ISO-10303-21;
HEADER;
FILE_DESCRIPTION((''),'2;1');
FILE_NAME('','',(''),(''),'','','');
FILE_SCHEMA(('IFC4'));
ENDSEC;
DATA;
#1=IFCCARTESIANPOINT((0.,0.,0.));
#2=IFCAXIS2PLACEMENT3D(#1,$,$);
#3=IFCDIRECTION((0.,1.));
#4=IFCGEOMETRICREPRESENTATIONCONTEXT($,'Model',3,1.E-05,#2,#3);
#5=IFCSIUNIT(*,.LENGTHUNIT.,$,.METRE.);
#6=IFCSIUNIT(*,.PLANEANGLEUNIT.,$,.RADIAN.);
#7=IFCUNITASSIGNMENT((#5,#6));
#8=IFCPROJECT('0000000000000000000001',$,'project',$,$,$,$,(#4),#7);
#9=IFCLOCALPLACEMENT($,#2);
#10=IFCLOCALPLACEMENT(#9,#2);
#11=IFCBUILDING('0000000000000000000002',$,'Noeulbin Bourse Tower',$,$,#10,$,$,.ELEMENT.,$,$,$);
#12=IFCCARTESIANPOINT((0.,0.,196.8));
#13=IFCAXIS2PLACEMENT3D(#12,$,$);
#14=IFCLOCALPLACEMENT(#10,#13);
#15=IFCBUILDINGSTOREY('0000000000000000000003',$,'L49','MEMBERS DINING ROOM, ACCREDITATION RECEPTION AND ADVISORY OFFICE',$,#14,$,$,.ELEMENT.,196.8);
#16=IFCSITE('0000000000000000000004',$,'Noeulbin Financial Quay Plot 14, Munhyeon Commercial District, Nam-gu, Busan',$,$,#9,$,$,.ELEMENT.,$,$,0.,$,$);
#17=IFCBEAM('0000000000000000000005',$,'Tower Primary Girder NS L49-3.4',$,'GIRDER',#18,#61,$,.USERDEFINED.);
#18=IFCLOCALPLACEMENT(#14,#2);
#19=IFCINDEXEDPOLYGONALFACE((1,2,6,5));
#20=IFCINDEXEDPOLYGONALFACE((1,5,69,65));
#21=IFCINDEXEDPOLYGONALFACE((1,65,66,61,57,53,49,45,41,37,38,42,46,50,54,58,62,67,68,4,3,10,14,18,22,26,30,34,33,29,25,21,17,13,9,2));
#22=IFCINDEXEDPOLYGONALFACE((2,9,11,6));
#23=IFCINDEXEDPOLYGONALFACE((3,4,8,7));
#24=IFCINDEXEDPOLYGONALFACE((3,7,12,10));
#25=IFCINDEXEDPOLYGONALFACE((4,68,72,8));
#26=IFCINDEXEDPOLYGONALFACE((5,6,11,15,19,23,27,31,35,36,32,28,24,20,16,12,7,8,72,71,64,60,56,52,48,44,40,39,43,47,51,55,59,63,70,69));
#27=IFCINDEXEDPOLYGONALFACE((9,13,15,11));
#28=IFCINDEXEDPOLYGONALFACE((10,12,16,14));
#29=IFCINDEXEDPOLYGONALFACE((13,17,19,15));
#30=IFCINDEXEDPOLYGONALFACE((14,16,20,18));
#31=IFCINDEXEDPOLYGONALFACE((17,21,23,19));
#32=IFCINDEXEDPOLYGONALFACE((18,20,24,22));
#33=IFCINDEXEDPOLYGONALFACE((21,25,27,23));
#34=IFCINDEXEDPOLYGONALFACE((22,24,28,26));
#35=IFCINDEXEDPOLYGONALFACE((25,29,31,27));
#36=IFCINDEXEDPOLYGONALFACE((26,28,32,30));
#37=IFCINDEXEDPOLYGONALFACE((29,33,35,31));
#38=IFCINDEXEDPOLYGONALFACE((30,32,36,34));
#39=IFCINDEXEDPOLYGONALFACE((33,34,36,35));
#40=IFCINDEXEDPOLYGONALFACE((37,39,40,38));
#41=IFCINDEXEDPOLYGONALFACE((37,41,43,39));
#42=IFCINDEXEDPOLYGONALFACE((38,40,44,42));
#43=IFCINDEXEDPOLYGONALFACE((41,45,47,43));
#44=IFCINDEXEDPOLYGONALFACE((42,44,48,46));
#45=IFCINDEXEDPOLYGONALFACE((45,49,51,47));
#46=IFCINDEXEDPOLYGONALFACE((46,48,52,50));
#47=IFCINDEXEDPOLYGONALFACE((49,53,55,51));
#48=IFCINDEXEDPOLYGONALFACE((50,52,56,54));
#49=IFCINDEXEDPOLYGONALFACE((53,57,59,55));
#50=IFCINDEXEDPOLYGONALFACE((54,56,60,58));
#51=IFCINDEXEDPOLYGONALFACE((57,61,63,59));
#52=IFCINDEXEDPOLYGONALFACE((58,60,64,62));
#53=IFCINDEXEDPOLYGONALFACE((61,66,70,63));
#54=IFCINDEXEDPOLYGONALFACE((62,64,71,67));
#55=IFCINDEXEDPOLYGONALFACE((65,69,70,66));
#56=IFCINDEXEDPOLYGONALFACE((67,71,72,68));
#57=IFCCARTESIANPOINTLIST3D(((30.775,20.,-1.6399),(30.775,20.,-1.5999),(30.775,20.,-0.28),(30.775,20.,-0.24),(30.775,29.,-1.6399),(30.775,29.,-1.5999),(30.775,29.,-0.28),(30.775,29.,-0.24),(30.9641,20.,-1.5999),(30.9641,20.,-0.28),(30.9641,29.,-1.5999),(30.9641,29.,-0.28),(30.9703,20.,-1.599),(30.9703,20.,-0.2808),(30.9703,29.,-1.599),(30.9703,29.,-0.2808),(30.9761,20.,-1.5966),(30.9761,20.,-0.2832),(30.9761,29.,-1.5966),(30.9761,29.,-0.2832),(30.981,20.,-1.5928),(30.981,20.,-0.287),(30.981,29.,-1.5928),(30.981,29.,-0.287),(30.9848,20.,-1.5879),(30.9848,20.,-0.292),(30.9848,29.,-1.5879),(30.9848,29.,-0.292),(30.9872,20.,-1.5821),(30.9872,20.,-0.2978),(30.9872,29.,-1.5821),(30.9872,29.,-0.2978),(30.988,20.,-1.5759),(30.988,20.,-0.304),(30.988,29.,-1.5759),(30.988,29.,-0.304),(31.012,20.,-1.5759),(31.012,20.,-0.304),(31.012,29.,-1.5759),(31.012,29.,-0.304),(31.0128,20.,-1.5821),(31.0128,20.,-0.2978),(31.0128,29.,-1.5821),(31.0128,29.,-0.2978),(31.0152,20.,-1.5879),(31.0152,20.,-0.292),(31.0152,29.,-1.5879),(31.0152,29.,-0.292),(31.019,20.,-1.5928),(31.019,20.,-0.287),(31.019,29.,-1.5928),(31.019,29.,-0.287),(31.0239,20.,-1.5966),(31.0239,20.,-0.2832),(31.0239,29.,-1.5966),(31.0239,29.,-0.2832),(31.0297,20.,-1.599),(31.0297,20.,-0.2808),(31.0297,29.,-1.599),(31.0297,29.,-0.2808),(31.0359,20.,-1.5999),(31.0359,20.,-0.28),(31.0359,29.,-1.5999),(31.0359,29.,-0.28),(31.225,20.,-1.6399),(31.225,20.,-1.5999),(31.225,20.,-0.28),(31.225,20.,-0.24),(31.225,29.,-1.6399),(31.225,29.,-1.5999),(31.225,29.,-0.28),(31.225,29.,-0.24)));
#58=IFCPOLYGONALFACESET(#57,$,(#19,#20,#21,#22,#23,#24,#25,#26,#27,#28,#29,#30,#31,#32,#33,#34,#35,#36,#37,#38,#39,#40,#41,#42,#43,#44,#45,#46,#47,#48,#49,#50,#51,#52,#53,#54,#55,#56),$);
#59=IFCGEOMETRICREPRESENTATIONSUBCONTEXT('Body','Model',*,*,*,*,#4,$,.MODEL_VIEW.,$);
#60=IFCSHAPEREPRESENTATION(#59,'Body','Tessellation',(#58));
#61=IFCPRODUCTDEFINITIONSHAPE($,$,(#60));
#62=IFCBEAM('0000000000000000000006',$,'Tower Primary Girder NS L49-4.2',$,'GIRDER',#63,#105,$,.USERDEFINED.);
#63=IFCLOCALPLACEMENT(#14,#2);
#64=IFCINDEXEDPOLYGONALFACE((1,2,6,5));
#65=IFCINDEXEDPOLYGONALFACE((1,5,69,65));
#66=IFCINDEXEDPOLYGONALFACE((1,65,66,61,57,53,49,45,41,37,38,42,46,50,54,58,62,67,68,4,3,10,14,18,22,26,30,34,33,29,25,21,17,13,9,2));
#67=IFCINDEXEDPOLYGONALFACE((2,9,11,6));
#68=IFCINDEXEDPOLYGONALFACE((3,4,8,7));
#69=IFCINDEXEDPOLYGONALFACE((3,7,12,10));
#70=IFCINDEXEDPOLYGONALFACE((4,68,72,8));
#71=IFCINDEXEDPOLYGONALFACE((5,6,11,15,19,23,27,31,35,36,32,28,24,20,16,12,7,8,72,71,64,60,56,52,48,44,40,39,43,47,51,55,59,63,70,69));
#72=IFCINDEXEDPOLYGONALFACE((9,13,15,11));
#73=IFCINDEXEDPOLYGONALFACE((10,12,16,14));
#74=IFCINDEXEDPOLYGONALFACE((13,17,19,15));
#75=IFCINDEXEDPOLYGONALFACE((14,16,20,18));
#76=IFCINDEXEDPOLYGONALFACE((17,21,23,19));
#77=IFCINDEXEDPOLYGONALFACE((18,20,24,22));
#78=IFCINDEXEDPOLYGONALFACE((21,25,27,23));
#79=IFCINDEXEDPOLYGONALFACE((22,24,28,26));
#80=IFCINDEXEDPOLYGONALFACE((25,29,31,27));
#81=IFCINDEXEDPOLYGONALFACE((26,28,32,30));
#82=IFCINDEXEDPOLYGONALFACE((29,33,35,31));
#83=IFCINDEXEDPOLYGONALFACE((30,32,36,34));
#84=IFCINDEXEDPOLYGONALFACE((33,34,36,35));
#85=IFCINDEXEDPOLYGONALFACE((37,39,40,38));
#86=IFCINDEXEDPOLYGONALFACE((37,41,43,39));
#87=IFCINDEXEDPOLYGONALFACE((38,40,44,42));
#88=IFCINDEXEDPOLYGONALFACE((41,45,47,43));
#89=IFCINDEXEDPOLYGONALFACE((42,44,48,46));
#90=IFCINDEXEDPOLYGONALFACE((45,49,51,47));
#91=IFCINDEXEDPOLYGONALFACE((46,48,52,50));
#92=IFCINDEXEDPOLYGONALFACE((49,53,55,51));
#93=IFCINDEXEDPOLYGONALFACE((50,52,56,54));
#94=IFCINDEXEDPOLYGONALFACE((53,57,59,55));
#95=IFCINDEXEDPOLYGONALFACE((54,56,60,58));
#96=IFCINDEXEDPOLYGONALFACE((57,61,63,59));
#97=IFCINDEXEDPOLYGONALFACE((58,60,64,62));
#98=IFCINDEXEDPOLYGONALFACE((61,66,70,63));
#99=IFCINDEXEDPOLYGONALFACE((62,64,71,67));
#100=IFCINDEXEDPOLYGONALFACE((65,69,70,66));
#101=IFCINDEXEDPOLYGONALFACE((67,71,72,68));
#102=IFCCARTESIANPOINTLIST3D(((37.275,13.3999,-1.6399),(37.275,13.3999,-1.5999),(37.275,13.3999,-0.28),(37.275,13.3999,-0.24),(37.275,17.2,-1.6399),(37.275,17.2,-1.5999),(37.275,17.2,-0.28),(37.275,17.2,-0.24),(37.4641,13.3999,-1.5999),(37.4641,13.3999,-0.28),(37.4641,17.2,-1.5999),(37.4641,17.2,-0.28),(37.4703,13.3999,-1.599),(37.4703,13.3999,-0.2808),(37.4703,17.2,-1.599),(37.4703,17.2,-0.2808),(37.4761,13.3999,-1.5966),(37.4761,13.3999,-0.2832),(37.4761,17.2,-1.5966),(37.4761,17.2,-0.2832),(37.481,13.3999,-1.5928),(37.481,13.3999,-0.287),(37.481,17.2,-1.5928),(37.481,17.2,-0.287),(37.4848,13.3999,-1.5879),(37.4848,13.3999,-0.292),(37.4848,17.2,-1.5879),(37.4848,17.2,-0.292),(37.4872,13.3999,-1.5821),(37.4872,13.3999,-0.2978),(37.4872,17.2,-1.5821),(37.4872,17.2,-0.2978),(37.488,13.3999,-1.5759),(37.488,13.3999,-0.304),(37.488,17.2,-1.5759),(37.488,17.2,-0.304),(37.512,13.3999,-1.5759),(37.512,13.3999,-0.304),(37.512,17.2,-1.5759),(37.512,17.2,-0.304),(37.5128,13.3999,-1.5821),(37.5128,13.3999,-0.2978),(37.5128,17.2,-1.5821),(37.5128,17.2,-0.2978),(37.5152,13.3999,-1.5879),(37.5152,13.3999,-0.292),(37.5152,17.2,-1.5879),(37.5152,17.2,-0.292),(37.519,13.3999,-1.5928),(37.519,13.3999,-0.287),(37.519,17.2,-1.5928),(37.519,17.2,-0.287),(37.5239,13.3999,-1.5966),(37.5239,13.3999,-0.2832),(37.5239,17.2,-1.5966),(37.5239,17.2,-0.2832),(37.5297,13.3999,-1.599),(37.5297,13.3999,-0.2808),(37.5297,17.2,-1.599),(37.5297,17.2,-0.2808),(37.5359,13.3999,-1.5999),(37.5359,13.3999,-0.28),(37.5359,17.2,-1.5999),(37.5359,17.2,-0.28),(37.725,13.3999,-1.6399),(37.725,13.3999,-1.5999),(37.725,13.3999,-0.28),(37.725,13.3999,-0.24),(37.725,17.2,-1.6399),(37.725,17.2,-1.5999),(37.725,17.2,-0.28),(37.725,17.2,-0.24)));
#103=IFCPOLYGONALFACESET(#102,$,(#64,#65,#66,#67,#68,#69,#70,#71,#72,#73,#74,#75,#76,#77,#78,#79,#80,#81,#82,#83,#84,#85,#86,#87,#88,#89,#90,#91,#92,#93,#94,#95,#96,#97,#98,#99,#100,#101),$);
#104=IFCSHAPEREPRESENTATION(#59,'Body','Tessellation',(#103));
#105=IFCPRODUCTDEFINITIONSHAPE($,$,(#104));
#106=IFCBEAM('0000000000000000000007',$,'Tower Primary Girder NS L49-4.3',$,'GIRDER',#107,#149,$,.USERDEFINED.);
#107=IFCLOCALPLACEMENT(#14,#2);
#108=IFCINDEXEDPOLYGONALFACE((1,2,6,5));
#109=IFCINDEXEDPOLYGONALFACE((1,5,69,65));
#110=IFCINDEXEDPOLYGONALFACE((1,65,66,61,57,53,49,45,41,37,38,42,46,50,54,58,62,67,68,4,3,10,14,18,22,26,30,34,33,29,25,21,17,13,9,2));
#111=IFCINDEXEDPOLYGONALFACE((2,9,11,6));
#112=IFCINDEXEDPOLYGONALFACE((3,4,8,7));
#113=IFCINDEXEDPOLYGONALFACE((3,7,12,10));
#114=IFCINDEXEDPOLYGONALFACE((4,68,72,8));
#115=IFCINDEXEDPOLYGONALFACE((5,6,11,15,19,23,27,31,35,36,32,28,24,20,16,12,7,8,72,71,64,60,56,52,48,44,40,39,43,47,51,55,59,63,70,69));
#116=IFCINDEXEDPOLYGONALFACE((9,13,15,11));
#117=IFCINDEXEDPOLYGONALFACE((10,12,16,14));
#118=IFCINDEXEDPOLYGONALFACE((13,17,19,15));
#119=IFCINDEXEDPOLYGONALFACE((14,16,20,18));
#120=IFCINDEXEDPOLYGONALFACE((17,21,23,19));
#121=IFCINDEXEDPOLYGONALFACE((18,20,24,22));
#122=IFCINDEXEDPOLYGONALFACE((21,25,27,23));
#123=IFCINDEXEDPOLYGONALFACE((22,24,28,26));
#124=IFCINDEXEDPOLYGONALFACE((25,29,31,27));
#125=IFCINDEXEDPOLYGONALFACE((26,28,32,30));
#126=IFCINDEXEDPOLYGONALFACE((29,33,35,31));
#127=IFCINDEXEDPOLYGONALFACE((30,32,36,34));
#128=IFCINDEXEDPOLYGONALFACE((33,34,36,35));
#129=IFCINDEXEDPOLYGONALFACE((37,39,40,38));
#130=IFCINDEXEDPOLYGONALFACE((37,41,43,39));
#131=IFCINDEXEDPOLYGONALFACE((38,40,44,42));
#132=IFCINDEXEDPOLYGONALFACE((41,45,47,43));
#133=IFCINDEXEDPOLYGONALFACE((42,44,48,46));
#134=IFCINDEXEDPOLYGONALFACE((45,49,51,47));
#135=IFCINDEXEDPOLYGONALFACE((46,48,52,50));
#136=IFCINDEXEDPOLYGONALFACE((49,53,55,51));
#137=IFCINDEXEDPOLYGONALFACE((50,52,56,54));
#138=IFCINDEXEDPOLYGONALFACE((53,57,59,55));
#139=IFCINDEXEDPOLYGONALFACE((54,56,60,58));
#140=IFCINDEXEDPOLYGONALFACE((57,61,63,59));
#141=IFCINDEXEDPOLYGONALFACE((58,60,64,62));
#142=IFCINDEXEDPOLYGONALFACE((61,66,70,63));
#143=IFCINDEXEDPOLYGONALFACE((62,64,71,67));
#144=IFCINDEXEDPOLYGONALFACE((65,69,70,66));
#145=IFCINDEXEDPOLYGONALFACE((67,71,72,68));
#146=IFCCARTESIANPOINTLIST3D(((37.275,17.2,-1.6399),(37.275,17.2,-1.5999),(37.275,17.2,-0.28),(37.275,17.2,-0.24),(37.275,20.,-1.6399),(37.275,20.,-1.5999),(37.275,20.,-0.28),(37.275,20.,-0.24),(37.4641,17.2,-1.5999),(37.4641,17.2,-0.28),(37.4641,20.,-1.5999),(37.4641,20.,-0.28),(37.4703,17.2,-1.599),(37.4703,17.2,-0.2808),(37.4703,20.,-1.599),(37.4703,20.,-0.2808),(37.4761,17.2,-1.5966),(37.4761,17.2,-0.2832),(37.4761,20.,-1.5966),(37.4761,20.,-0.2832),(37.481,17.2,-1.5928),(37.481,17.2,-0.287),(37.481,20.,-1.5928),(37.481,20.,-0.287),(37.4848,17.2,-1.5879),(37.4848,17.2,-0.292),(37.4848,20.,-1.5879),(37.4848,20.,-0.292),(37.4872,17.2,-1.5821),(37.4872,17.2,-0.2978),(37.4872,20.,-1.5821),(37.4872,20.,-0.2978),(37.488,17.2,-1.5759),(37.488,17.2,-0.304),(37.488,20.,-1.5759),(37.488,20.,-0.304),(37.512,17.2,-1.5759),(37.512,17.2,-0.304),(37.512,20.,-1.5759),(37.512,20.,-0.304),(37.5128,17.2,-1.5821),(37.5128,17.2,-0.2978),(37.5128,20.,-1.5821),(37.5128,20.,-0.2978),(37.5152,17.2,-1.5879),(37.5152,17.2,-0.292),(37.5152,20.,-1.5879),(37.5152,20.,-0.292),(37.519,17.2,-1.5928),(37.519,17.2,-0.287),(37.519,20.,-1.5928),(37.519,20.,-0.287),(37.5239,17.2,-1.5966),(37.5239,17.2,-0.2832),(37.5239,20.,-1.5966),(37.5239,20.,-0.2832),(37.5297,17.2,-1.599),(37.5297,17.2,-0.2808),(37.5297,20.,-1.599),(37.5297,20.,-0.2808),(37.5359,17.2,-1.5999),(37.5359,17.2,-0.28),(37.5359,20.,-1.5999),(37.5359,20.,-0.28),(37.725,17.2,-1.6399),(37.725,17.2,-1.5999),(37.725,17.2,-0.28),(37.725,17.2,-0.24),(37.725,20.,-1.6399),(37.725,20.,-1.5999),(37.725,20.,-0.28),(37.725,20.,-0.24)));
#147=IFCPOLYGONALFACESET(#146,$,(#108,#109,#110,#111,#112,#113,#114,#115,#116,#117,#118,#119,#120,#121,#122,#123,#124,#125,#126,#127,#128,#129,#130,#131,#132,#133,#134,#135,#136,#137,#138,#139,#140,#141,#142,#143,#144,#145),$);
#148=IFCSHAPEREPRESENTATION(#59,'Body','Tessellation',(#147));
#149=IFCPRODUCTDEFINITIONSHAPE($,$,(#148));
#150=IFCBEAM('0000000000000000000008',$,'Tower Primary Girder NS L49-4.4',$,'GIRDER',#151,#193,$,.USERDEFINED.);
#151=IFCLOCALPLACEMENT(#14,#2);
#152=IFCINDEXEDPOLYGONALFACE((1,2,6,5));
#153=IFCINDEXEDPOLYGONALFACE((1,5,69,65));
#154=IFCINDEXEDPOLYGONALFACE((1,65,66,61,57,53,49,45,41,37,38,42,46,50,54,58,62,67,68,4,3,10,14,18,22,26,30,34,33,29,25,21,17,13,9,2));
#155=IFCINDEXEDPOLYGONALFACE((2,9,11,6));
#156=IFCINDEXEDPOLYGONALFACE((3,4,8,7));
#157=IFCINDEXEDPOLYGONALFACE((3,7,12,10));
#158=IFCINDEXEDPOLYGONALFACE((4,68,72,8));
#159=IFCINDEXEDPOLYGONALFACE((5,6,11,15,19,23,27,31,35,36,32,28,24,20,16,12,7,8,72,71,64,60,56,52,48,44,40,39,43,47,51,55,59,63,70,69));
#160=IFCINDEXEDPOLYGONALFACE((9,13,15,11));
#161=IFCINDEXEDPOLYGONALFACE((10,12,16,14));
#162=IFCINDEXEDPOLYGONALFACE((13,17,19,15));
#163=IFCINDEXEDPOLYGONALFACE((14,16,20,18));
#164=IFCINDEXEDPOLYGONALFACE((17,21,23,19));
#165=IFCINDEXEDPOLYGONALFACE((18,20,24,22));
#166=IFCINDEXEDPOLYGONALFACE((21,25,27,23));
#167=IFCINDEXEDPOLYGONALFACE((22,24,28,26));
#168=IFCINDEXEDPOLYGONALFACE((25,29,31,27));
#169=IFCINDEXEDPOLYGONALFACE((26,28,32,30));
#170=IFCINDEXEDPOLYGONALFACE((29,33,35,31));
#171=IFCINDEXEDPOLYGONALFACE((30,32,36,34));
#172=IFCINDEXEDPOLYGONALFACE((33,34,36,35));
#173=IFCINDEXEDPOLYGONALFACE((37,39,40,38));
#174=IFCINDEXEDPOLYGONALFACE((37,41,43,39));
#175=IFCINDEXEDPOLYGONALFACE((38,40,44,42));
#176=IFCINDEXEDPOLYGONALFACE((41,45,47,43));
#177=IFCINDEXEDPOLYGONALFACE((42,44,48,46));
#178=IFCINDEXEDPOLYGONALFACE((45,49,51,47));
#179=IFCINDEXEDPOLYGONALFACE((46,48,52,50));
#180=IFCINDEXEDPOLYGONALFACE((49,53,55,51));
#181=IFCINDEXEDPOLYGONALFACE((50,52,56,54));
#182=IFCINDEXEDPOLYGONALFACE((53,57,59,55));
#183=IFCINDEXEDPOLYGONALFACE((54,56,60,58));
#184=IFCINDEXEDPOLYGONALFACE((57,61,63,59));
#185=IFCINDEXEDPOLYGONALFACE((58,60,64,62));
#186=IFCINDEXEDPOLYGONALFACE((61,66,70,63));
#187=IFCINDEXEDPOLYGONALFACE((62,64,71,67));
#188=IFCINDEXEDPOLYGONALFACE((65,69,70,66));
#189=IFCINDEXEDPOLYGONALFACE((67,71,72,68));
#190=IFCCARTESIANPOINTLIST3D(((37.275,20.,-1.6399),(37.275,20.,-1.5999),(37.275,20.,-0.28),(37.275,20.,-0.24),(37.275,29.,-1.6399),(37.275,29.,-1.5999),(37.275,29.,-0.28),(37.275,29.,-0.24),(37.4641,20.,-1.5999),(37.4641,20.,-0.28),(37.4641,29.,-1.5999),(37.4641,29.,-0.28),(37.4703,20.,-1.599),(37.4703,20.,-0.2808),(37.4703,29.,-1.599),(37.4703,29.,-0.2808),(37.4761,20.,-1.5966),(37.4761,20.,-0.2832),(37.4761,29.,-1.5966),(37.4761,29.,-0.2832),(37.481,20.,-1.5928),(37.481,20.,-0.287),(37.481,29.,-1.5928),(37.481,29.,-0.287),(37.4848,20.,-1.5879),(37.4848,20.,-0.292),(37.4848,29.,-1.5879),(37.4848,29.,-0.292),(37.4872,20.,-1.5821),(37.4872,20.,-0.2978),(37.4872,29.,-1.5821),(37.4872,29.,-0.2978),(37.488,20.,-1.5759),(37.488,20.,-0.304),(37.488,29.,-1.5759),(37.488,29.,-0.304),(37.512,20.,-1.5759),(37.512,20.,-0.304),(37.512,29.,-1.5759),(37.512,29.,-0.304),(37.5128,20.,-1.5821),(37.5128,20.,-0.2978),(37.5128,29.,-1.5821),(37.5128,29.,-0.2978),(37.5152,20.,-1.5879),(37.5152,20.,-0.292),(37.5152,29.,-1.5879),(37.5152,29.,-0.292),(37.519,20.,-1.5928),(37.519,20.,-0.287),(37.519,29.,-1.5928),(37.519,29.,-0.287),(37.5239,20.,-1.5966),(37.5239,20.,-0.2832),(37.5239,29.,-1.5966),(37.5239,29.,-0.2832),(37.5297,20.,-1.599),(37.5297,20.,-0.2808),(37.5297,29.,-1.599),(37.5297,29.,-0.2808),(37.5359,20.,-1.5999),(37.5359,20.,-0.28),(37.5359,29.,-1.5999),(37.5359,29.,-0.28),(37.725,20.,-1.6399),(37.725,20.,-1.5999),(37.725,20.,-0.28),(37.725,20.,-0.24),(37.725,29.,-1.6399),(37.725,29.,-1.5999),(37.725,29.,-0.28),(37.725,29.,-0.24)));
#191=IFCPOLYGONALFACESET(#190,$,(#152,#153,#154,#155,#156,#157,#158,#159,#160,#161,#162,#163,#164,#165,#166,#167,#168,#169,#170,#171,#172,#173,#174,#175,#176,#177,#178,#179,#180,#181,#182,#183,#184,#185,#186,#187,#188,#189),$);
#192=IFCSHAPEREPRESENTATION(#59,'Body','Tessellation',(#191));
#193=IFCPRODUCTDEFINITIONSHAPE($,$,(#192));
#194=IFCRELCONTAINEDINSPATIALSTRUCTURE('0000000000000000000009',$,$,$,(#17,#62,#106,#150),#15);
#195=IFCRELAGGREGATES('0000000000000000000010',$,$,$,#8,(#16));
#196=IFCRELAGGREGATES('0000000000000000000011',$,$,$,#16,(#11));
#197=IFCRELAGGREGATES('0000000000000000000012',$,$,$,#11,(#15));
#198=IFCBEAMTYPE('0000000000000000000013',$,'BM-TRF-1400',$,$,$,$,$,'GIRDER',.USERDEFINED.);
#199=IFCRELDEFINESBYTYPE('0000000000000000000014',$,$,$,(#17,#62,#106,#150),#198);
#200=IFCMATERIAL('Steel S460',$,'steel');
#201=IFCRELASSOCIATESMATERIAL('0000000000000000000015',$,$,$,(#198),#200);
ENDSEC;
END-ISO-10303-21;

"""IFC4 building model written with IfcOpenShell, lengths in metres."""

from ifc_helpers import new_model, si_unit, direction, frame, origin, origin_2d, place, context, subcontext, project, spatial, i_section, extrude, material, material_profile, profile_set, type_object, element, save


model = new_model("IFC4")

# Units and contexts
model_context = context("Model", 3, precision=1e-05, world=origin(), true_north=direction((0.0, 1.0)))
body_context = subcontext(model_context, "Body", "Model", "MODEL_VIEW")
ifc_project = project(units=[si_unit("LENGTHUNIT", "METRE"), si_unit("PLANEANGLEUNIT", "RADIAN")], contexts=[model_context])

# Site, building, storey
site_placement = place(None, origin())
site = spatial("IfcSite", under=ifc_project, at=site_placement, Name="Noeulbin Financial Quay Plot 14, Munhyeon Commercial District, Nam-gu, Busan", CompositionType="ELEMENT", RefElevation=0.0)
building_placement = place(site_placement, origin())
building = spatial("IfcBuilding", under=site, at=building_placement, Name="Noeulbin Bourse Tower", CompositionType="ELEMENT")
storey_placement = place(building_placement, frame((0.0, 0.0, 196.8)))
storey = spatial("IfcBuildingStorey", under=building, at=storey_placement, Name="L49", Description="MEMBERS DINING ROOM, ACCREDITATION RECEPTION AND ADVISORY OFFICE", CompositionType="ELEMENT", Elevation=196.8)

# Shared definitions
ifc_material_1 = material(Name="Steel S460", Category="steel")

# Beams
ifc_material_profile_1 = material_profile(ifc_material_1, i_section(OverallWidth=0.45, OverallDepth=1.3999, WebThickness=0.0239, FlangeThickness=0.04, FilletRadius=0.0239, at=origin_2d()), Name="PG-1400x450x24x40", Category="LoadBearing")
ifc_profile_set_1 = profile_set([ifc_material_profile_1], Name="Steel S460")
beam_type_1 = type_object("IfcBeamType", Name="BM-TRF-1400", ElementType="GIRDER", PredefinedType="USERDEFINED", material=ifc_profile_set_1)
beam_1_placement = place(storey_placement, frame((31.0, 20.0, -0.9399), z_axis=(0.0, 1.0, 0.0), x_axis=(-1.0, 0.0, 0.0)))
element("IfcBeam", 1, at=beam_1_placement, inside=storey, type_object=beam_type_1, Name="Tower Primary Girder NS L49-3.4", ObjectType="GIRDER", PredefinedType="USERDEFINED", context=body_context, shape_type="SweptSolid", body=[
    extrude(i_section(OverallWidth=0.45, OverallDepth=1.3999, WebThickness=0.0239, FlangeThickness=0.04, FilletRadius=0.0239, at=origin_2d()), origin(), (0.0, 0.0, 1.0), 9.0),
])
beam_2_placement = place(storey_placement, frame((37.5, 13.3999, -0.9399), z_axis=(0.0, 1.0, 0.0), x_axis=(-1.0, 0.0, 0.0)))
element("IfcBeam", 2, at=beam_2_placement, inside=storey, type_object=beam_type_1, Name="Tower Primary Girder NS L49-4.2", ObjectType="GIRDER", PredefinedType="USERDEFINED", context=body_context, shape_type="SweptSolid", body=[
    extrude(i_section(OverallWidth=0.45, OverallDepth=1.3999, WebThickness=0.0239, FlangeThickness=0.04, FilletRadius=0.0239, at=origin_2d()), origin(), (0.0, 0.0, 1.0), 3.8),
])
beam_3_placement = place(storey_placement, frame((37.5, 17.2, -0.9399), z_axis=(0.0, 1.0, 0.0), x_axis=(-1.0, 0.0, 0.0)))
element("IfcBeam", 3, at=beam_3_placement, inside=storey, type_object=beam_type_1, Name="Tower Primary Girder NS L49-4.3", ObjectType="GIRDER", PredefinedType="USERDEFINED", context=body_context, shape_type="SweptSolid", body=[
    extrude(i_section(OverallWidth=0.45, OverallDepth=1.3999, WebThickness=0.0239, FlangeThickness=0.04, FilletRadius=0.0239, at=origin_2d()), origin(), (0.0, 0.0, 1.0), 2.8),
])
beam_4_placement = place(storey_placement, frame((37.5, 20.0, -0.9399), z_axis=(0.0, 1.0, 0.0), x_axis=(-1.0, 0.0, 0.0)))
element("IfcBeam", 4, at=beam_4_placement, inside=storey, type_object=beam_type_1, Name="Tower Primary Girder NS L49-4.4", ObjectType="GIRDER", PredefinedType="USERDEFINED", context=body_context, shape_type="SweptSolid", body=[
    extrude(i_section(OverallWidth=0.45, OverallDepth=1.3999, WebThickness=0.0239, FlangeThickness=0.04, FilletRadius=0.0239, at=origin_2d()), origin(), (0.0, 0.0, 1.0), 9.0),
])

save(model, "model.ifc")
